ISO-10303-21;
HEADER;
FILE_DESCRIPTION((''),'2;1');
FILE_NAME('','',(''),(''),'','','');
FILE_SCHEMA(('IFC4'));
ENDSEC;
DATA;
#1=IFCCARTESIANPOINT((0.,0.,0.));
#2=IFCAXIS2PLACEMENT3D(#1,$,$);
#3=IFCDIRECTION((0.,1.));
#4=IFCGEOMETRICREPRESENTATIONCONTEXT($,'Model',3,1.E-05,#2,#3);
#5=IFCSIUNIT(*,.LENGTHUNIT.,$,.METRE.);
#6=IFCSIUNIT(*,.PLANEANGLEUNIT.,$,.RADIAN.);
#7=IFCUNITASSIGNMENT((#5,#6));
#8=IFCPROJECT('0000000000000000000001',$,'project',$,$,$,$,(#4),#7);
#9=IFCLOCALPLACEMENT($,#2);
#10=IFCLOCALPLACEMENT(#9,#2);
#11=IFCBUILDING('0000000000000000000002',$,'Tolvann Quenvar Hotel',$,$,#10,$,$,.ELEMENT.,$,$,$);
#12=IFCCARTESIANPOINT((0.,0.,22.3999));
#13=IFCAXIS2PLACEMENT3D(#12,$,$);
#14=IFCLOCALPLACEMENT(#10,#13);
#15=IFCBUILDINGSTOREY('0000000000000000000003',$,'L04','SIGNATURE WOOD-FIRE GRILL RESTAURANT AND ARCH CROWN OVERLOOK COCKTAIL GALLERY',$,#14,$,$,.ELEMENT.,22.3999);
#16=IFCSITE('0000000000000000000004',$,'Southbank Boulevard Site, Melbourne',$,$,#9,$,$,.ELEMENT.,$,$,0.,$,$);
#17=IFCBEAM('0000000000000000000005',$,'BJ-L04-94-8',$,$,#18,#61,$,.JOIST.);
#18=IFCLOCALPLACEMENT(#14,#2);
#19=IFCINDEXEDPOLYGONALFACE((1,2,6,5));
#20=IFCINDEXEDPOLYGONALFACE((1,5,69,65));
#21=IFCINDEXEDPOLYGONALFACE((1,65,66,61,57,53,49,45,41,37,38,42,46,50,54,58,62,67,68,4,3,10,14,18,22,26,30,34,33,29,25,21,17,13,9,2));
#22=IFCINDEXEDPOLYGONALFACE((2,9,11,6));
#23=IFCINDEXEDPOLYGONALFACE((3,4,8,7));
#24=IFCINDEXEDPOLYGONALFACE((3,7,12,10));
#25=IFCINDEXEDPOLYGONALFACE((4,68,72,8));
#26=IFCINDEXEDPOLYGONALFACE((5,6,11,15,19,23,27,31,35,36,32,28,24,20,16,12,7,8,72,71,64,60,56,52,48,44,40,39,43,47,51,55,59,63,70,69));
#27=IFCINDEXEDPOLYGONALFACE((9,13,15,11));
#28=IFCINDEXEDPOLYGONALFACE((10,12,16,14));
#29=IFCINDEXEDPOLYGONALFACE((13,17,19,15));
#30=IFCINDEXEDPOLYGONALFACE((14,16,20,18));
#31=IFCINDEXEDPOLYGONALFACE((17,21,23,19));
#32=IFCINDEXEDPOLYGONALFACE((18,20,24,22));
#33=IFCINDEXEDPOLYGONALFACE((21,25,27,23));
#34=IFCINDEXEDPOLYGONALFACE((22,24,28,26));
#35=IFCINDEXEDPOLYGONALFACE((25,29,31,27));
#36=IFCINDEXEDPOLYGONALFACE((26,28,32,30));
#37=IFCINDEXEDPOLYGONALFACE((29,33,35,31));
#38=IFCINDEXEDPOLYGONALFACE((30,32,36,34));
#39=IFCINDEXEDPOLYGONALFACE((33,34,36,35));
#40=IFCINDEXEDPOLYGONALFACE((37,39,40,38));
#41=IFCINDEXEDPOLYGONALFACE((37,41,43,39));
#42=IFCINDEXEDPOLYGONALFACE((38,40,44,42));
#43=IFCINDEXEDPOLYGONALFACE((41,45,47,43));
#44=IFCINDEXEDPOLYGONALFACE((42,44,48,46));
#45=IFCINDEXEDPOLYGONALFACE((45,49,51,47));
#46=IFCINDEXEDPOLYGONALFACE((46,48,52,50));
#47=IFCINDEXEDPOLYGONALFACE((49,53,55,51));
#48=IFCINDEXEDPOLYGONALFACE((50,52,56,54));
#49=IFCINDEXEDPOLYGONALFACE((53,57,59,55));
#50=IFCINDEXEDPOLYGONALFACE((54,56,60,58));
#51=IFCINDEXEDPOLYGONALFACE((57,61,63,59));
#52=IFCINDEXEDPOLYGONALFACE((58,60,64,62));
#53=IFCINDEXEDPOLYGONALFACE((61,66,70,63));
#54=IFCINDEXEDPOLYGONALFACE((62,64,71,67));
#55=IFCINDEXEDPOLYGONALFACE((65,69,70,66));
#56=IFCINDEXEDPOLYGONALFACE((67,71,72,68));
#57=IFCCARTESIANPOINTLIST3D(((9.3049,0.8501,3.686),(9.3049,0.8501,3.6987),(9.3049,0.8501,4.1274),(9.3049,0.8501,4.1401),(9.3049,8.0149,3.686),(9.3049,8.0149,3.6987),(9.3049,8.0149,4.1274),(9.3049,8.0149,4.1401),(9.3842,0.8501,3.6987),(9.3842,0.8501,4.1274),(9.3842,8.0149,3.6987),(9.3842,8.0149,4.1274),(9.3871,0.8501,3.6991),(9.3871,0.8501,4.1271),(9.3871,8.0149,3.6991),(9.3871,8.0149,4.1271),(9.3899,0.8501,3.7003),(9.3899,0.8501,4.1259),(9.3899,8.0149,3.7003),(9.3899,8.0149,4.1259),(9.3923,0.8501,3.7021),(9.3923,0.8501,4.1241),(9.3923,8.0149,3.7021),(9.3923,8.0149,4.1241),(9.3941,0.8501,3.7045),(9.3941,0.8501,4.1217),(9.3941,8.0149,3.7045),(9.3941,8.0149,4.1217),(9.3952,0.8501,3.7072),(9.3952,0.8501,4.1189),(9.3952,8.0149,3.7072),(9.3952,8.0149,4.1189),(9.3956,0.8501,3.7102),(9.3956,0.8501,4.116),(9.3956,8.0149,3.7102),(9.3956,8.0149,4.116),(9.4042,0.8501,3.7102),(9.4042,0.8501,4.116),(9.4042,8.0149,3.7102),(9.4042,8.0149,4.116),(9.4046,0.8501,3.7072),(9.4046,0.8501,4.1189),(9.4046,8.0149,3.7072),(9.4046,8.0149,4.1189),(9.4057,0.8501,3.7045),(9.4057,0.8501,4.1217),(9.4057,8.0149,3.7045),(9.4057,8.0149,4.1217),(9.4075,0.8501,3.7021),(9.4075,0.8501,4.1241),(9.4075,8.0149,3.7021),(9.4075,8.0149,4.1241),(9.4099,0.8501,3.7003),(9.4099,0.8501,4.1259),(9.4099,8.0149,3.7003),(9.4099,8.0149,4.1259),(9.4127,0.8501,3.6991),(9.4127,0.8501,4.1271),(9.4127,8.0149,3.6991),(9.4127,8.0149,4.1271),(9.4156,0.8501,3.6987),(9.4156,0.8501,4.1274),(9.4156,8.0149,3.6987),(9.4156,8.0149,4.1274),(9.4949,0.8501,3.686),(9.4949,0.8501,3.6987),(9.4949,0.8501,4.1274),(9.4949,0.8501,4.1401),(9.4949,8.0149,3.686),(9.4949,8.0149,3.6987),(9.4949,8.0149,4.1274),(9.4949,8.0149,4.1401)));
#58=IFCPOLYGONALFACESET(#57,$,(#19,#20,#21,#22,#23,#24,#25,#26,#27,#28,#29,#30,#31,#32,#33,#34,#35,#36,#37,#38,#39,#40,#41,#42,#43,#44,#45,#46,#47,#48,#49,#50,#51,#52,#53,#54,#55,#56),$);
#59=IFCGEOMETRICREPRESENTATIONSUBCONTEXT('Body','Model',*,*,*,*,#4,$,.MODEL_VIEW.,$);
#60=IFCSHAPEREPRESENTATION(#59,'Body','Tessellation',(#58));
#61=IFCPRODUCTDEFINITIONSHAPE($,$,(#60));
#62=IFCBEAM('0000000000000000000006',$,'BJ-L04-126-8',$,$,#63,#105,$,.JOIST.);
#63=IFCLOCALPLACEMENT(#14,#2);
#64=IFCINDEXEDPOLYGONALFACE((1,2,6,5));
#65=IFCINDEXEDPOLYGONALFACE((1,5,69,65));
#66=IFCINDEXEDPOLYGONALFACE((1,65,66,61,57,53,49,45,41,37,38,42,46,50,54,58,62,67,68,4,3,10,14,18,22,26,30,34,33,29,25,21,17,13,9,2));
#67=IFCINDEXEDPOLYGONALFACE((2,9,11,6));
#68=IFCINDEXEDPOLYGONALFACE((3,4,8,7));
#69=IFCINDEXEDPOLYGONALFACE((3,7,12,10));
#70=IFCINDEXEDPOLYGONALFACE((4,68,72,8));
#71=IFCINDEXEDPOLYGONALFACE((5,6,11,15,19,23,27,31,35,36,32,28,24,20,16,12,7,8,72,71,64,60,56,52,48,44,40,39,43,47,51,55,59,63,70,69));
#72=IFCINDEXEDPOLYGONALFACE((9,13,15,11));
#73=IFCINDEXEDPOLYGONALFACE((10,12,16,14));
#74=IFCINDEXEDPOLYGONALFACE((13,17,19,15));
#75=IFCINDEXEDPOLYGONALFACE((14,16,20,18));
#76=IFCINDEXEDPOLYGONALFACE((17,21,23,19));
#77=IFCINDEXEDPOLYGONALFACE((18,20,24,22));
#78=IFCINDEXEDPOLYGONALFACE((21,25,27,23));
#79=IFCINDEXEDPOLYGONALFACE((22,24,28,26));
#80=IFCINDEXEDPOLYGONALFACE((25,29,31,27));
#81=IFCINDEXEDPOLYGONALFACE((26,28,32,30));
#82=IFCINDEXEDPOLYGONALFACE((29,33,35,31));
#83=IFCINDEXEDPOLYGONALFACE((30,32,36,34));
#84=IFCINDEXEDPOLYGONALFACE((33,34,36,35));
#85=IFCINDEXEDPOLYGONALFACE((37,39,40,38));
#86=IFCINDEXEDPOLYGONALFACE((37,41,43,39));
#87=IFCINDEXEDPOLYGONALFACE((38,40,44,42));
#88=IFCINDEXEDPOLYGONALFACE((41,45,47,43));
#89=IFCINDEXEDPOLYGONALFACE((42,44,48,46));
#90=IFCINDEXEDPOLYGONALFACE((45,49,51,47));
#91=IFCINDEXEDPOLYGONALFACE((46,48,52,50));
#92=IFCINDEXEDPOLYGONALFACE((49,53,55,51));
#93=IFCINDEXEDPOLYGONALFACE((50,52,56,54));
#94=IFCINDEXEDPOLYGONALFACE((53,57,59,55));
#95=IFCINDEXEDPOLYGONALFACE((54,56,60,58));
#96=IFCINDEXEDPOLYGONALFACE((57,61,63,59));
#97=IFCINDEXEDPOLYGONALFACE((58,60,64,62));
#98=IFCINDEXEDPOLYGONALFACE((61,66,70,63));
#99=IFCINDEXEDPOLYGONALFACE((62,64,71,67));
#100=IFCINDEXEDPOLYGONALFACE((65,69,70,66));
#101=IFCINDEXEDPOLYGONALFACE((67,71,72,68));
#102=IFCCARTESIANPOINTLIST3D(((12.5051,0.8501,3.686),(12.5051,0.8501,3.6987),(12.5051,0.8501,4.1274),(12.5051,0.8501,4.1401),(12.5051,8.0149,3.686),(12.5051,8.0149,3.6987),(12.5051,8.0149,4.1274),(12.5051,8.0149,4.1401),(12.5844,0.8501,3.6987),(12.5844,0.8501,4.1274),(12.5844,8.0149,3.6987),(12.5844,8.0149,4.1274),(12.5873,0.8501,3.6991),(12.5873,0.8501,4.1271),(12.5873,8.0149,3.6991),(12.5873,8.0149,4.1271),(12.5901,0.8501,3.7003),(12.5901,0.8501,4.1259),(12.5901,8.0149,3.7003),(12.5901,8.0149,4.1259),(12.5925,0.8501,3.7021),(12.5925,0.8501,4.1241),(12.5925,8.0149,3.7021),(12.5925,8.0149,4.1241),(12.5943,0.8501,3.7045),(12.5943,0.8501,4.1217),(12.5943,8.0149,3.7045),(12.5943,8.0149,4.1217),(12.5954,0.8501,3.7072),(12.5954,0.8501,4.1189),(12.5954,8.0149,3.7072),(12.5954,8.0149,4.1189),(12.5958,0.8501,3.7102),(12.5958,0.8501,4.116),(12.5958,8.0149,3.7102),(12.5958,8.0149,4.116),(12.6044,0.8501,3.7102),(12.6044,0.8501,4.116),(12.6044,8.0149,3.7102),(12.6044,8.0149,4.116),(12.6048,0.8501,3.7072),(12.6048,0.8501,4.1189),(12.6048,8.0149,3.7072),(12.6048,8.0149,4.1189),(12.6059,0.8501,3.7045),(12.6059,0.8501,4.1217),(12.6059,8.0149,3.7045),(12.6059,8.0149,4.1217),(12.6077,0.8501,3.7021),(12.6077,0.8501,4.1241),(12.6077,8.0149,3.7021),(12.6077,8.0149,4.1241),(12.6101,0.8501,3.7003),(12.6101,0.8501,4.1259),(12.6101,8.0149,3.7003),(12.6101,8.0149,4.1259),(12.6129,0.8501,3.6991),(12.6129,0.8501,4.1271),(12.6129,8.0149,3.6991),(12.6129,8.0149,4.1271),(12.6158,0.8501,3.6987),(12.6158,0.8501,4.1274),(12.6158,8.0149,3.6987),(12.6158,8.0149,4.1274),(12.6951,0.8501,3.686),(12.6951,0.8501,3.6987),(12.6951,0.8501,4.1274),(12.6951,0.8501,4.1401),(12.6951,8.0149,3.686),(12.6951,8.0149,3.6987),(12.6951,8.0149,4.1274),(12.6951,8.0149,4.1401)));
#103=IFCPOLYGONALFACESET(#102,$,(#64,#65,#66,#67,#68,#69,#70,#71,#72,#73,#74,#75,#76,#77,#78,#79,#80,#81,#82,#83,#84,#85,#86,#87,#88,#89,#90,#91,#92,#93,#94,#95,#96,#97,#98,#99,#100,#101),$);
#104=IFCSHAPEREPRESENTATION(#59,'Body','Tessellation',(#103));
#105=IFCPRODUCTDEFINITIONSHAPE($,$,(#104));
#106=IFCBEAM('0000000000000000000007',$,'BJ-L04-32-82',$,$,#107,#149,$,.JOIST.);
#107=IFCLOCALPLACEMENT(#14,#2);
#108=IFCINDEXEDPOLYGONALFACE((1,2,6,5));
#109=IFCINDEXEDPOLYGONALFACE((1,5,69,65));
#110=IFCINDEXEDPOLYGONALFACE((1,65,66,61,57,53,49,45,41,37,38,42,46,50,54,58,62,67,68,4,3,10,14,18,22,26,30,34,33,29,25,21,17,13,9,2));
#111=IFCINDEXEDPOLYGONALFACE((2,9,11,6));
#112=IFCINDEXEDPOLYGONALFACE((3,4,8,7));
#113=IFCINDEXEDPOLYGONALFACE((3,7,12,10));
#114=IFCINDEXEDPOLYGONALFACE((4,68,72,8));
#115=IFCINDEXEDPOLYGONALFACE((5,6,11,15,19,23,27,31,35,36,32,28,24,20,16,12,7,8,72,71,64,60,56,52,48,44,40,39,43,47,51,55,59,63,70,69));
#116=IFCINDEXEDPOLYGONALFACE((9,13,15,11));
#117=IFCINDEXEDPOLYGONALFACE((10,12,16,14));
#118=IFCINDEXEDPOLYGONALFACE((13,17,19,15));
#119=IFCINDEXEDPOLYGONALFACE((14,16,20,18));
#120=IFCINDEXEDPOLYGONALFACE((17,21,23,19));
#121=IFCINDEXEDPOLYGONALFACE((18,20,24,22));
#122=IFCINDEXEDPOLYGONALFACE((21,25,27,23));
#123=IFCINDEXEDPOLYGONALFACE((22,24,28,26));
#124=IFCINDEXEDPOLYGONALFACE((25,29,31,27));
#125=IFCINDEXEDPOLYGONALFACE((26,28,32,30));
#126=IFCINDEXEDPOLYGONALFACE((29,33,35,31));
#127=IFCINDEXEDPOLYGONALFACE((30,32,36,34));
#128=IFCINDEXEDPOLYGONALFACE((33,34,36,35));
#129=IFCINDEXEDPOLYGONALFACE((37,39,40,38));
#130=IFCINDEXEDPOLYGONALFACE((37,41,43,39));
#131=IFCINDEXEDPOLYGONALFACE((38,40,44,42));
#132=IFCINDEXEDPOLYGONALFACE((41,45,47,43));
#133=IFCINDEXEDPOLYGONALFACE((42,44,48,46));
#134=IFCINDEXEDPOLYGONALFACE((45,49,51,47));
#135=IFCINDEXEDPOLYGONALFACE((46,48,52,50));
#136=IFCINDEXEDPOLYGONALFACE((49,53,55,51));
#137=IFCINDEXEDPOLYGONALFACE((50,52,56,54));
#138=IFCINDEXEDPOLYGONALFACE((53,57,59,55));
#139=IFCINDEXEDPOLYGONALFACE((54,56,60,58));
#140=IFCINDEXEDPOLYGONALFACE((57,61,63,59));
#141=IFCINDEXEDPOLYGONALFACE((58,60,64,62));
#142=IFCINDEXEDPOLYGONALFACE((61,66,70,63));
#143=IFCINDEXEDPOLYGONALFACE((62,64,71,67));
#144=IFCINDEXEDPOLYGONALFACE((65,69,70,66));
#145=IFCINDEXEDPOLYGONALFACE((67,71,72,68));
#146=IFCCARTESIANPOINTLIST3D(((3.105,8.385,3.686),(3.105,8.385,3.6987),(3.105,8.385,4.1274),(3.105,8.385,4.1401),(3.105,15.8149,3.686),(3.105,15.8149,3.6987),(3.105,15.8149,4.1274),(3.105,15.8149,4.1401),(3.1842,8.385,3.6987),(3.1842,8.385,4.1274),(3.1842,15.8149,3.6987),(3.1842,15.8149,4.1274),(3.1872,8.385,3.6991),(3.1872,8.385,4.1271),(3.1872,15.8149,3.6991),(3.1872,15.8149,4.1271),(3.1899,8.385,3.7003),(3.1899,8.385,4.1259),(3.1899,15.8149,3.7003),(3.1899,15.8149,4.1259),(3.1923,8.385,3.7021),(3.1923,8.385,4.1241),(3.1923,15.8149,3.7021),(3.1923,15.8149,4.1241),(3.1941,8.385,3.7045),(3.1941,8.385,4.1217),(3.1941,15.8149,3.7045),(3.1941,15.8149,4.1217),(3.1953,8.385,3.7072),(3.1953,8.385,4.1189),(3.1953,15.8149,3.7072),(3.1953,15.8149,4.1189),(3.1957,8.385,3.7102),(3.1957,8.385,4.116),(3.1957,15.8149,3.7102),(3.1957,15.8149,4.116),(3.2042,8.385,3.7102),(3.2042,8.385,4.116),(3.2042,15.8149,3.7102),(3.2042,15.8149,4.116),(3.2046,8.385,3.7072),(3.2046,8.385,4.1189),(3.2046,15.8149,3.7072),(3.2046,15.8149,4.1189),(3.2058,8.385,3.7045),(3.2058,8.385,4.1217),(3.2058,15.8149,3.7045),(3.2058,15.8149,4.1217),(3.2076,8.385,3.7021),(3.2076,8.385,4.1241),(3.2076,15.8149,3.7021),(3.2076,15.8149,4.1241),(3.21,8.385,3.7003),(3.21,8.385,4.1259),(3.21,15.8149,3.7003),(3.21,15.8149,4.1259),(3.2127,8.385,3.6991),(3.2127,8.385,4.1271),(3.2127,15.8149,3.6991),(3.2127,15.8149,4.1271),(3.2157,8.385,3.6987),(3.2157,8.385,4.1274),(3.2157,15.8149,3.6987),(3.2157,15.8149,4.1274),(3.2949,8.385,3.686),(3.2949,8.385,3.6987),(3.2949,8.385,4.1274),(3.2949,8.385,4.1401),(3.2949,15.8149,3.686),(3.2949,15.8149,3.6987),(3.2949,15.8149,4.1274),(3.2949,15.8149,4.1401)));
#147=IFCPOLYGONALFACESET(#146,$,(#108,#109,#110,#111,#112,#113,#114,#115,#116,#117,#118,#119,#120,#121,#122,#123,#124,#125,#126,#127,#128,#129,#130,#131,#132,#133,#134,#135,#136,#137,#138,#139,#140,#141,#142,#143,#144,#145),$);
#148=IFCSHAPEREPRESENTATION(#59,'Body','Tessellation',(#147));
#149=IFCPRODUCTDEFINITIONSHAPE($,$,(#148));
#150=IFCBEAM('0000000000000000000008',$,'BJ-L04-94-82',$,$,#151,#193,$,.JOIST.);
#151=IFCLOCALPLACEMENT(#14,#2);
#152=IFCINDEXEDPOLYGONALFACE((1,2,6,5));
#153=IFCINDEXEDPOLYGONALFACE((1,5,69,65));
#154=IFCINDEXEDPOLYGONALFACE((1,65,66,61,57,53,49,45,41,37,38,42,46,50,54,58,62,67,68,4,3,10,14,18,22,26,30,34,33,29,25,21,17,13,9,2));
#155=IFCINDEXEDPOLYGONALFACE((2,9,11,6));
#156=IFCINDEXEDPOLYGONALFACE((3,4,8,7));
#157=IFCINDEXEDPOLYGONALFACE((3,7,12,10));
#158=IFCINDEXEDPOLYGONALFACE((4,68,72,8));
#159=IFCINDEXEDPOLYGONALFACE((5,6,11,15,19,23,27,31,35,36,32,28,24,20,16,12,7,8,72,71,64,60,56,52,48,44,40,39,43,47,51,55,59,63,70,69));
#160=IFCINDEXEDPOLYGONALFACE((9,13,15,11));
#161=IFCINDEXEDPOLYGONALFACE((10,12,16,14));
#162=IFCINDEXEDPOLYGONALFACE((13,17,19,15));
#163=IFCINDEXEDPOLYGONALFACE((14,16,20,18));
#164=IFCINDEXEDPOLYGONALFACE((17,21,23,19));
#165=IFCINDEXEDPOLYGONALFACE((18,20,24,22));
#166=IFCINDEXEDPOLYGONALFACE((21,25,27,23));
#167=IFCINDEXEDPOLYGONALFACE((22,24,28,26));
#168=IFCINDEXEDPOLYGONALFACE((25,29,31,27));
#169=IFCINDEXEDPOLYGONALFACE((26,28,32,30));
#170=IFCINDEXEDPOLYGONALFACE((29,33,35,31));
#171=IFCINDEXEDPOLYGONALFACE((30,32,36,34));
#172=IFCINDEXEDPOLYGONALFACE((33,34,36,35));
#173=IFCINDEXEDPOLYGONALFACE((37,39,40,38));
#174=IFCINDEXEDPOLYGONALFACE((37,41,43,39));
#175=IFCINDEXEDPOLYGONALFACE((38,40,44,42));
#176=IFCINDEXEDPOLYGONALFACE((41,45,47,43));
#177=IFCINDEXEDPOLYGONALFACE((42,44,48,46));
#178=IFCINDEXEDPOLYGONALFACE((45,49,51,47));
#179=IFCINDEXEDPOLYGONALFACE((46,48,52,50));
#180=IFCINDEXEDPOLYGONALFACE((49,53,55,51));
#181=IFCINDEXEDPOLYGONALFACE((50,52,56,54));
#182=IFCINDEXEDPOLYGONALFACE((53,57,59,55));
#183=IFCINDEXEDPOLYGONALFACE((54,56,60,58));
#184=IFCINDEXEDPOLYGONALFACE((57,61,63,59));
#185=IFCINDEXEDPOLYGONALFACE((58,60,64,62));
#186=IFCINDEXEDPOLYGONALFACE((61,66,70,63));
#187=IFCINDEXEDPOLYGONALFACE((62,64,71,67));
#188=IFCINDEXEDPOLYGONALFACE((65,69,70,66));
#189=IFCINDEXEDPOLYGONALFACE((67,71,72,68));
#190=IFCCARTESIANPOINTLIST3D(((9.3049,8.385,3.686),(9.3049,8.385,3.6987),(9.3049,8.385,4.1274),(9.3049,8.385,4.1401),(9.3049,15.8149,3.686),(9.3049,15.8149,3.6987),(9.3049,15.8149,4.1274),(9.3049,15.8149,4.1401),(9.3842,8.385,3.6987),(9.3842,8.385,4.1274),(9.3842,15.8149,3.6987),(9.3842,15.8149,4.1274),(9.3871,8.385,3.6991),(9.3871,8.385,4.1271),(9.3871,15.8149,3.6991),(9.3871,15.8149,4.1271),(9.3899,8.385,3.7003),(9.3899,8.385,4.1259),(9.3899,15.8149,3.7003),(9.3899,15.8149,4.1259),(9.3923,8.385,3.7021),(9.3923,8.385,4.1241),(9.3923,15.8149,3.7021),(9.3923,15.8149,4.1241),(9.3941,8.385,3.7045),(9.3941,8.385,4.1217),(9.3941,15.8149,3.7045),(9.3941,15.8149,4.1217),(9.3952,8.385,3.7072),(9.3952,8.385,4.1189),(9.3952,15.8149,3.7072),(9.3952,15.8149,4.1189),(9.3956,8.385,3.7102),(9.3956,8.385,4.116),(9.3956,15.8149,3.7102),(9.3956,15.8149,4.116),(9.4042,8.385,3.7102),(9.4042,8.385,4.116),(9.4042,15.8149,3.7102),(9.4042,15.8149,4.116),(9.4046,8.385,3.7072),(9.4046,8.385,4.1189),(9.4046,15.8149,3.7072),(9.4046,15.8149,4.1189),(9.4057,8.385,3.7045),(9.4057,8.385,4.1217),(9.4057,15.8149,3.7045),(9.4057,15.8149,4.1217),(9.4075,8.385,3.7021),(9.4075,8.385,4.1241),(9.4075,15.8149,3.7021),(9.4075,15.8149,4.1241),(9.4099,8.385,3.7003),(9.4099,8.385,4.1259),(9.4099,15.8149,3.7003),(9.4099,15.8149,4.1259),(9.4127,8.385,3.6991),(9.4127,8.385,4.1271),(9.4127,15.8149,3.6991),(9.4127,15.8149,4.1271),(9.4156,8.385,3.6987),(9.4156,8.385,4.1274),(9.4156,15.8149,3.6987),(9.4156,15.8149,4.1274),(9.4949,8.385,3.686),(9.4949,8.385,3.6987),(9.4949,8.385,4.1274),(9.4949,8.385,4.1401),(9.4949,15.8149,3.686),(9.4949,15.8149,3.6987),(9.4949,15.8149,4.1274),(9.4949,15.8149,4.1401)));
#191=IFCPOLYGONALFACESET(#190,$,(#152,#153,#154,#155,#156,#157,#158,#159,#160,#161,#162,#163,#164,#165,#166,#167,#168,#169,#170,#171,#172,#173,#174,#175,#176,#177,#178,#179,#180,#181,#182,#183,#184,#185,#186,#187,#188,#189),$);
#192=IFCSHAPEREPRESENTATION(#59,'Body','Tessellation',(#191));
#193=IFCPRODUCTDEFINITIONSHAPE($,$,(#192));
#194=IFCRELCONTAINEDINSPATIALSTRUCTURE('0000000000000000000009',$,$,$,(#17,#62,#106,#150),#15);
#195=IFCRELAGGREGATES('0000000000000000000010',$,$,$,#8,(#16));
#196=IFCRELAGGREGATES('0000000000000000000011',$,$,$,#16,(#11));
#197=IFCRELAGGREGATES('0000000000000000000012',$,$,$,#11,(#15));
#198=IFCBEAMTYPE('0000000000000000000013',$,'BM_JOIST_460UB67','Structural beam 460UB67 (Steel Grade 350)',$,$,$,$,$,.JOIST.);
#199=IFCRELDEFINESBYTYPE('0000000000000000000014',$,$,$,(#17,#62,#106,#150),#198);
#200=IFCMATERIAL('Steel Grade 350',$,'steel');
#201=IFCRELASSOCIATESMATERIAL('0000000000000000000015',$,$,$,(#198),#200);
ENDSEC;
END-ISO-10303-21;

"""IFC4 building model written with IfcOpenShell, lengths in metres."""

from ifc_helpers import new_model, si_unit, direction, frame, origin, origin_2d, place, context, subcontext, project, spatial, i_section, extrude, source, transform, mapped, material, material_profile, profile_set, type_object, type_shapes, element, save


model = new_model("IFC4")

# Units and contexts
model_context = context("Model", 3, precision=1e-05, world=origin(), true_north=direction((0.0, 1.0)))
body_context = subcontext(model_context, "Body", "Model", "MODEL_VIEW")
ifc_project = project(units=[si_unit("LENGTHUNIT", "METRE"), si_unit("PLANEANGLEUNIT", "RADIAN")], contexts=[model_context])

# Site, building, storey
site_placement = place(None, origin())
site = spatial("IfcSite", under=ifc_project, at=site_placement, Name="Southbank Boulevard Site, Melbourne", CompositionType="ELEMENT", RefElevation=0.0)
building_placement = place(site_placement, origin())
building = spatial("IfcBuilding", under=site, at=building_placement, Name="Tolvann Quenvar Hotel", CompositionType="ELEMENT")
storey_placement = place(building_placement, frame((0.0, 0.0, 22.3999)))
storey = spatial("IfcBuildingStorey", under=building, at=storey_placement, Name="L04", Description="SIGNATURE WOOD-FIRE GRILL RESTAURANT AND ARCH CROWN OVERLOOK COCKTAIL GALLERY", CompositionType="ELEMENT", Elevation=22.3999)

# Shared definitions
ifc_material_1 = material(Name="Steel Grade 350", Category="steel")

# Beams
ifc_material_profile_1 = material_profile(ifc_material_1, i_section(OverallWidth=0.1899, OverallDepth=0.4541, WebThickness=0.0085, FlangeThickness=0.0127, FilletRadius=0.0115, at=origin_2d()), Name="460UB67")
ifc_profile_set_1 = profile_set([ifc_material_profile_1], Name="Steel Grade 350")
beam_type_1 = type_object("IfcBeamType", Name="BM_JOIST_460UB67", Description="Structural beam 460UB67 (Steel Grade 350)", PredefinedType="JOIST", material=ifc_profile_set_1)
shared_shape_1 = source(origin(), body_context, "Body", "SweptSolid", [
    extrude(i_section(OverallWidth=0.1899, OverallDepth=0.4541, WebThickness=0.0085, FlangeThickness=0.0127, FilletRadius=0.0115, at=origin_2d()), origin(), (0.0, 0.0, 1.0), 7.1648),
])
for number, where, z_axis, x_axis, name in (
    (1, (9.3999, 0.8501, 3.9131), (0.0, 1.0, 0.0), (-1.0, 0.0, 0.0), "BJ-L04-94-8"),
    (2, (12.6001, 0.8501, 3.9131), (0.0, 1.0, 0.0), (-1.0, 0.0, 0.0), "BJ-L04-126-8"),
):
    element("IfcBeam", number, at=place(storey_placement, frame(where, z_axis=z_axis, x_axis=x_axis)), inside=storey, type_object=beam_type_1, Name=name, PredefinedType="JOIST", context=body_context, shape_type="MappedRepresentation", body=[
        mapped(shared_shape_1, transform((0.0, 0.0, 0.0), x_axis=(1.0, 0.0, 0.0), y_axis=(0.0, 1.0, 0.0), z_axis=(0.0, 0.0, 1.0), scale=1.0)),
    ])
shared_shape_2 = source(origin(), body_context, "Body", "SweptSolid", [
    extrude(i_section(OverallWidth=0.1899, OverallDepth=0.4541, WebThickness=0.0085, FlangeThickness=0.0127, FilletRadius=0.0115, at=origin_2d()), origin(), (0.0, 0.0, 1.0), 7.4299),
])
type_shapes(beam_type_1, [shared_shape_1, shared_shape_2])
for number, where, z_axis, x_axis, name in (
    (3, (3.2, 8.385, 3.9131), (0.0, 1.0, 0.0), (-1.0, 0.0, 0.0), "BJ-L04-32-82"),
    (4, (9.3999, 8.385, 3.9131), (0.0, 1.0, 0.0), (-1.0, 0.0, 0.0), "BJ-L04-94-82"),
):
    element("IfcBeam", number, at=place(storey_placement, frame(where, z_axis=z_axis, x_axis=x_axis)), inside=storey, type_object=beam_type_1, Name=name, PredefinedType="JOIST", context=body_context, shape_type="MappedRepresentation", body=[
        mapped(shared_shape_2, transform((0.0, 0.0, 0.0), x_axis=(1.0, 0.0, 0.0), y_axis=(0.0, 1.0, 0.0), z_axis=(0.0, 0.0, 1.0), scale=1.0)),
    ])

save(model, "model.ifc")
